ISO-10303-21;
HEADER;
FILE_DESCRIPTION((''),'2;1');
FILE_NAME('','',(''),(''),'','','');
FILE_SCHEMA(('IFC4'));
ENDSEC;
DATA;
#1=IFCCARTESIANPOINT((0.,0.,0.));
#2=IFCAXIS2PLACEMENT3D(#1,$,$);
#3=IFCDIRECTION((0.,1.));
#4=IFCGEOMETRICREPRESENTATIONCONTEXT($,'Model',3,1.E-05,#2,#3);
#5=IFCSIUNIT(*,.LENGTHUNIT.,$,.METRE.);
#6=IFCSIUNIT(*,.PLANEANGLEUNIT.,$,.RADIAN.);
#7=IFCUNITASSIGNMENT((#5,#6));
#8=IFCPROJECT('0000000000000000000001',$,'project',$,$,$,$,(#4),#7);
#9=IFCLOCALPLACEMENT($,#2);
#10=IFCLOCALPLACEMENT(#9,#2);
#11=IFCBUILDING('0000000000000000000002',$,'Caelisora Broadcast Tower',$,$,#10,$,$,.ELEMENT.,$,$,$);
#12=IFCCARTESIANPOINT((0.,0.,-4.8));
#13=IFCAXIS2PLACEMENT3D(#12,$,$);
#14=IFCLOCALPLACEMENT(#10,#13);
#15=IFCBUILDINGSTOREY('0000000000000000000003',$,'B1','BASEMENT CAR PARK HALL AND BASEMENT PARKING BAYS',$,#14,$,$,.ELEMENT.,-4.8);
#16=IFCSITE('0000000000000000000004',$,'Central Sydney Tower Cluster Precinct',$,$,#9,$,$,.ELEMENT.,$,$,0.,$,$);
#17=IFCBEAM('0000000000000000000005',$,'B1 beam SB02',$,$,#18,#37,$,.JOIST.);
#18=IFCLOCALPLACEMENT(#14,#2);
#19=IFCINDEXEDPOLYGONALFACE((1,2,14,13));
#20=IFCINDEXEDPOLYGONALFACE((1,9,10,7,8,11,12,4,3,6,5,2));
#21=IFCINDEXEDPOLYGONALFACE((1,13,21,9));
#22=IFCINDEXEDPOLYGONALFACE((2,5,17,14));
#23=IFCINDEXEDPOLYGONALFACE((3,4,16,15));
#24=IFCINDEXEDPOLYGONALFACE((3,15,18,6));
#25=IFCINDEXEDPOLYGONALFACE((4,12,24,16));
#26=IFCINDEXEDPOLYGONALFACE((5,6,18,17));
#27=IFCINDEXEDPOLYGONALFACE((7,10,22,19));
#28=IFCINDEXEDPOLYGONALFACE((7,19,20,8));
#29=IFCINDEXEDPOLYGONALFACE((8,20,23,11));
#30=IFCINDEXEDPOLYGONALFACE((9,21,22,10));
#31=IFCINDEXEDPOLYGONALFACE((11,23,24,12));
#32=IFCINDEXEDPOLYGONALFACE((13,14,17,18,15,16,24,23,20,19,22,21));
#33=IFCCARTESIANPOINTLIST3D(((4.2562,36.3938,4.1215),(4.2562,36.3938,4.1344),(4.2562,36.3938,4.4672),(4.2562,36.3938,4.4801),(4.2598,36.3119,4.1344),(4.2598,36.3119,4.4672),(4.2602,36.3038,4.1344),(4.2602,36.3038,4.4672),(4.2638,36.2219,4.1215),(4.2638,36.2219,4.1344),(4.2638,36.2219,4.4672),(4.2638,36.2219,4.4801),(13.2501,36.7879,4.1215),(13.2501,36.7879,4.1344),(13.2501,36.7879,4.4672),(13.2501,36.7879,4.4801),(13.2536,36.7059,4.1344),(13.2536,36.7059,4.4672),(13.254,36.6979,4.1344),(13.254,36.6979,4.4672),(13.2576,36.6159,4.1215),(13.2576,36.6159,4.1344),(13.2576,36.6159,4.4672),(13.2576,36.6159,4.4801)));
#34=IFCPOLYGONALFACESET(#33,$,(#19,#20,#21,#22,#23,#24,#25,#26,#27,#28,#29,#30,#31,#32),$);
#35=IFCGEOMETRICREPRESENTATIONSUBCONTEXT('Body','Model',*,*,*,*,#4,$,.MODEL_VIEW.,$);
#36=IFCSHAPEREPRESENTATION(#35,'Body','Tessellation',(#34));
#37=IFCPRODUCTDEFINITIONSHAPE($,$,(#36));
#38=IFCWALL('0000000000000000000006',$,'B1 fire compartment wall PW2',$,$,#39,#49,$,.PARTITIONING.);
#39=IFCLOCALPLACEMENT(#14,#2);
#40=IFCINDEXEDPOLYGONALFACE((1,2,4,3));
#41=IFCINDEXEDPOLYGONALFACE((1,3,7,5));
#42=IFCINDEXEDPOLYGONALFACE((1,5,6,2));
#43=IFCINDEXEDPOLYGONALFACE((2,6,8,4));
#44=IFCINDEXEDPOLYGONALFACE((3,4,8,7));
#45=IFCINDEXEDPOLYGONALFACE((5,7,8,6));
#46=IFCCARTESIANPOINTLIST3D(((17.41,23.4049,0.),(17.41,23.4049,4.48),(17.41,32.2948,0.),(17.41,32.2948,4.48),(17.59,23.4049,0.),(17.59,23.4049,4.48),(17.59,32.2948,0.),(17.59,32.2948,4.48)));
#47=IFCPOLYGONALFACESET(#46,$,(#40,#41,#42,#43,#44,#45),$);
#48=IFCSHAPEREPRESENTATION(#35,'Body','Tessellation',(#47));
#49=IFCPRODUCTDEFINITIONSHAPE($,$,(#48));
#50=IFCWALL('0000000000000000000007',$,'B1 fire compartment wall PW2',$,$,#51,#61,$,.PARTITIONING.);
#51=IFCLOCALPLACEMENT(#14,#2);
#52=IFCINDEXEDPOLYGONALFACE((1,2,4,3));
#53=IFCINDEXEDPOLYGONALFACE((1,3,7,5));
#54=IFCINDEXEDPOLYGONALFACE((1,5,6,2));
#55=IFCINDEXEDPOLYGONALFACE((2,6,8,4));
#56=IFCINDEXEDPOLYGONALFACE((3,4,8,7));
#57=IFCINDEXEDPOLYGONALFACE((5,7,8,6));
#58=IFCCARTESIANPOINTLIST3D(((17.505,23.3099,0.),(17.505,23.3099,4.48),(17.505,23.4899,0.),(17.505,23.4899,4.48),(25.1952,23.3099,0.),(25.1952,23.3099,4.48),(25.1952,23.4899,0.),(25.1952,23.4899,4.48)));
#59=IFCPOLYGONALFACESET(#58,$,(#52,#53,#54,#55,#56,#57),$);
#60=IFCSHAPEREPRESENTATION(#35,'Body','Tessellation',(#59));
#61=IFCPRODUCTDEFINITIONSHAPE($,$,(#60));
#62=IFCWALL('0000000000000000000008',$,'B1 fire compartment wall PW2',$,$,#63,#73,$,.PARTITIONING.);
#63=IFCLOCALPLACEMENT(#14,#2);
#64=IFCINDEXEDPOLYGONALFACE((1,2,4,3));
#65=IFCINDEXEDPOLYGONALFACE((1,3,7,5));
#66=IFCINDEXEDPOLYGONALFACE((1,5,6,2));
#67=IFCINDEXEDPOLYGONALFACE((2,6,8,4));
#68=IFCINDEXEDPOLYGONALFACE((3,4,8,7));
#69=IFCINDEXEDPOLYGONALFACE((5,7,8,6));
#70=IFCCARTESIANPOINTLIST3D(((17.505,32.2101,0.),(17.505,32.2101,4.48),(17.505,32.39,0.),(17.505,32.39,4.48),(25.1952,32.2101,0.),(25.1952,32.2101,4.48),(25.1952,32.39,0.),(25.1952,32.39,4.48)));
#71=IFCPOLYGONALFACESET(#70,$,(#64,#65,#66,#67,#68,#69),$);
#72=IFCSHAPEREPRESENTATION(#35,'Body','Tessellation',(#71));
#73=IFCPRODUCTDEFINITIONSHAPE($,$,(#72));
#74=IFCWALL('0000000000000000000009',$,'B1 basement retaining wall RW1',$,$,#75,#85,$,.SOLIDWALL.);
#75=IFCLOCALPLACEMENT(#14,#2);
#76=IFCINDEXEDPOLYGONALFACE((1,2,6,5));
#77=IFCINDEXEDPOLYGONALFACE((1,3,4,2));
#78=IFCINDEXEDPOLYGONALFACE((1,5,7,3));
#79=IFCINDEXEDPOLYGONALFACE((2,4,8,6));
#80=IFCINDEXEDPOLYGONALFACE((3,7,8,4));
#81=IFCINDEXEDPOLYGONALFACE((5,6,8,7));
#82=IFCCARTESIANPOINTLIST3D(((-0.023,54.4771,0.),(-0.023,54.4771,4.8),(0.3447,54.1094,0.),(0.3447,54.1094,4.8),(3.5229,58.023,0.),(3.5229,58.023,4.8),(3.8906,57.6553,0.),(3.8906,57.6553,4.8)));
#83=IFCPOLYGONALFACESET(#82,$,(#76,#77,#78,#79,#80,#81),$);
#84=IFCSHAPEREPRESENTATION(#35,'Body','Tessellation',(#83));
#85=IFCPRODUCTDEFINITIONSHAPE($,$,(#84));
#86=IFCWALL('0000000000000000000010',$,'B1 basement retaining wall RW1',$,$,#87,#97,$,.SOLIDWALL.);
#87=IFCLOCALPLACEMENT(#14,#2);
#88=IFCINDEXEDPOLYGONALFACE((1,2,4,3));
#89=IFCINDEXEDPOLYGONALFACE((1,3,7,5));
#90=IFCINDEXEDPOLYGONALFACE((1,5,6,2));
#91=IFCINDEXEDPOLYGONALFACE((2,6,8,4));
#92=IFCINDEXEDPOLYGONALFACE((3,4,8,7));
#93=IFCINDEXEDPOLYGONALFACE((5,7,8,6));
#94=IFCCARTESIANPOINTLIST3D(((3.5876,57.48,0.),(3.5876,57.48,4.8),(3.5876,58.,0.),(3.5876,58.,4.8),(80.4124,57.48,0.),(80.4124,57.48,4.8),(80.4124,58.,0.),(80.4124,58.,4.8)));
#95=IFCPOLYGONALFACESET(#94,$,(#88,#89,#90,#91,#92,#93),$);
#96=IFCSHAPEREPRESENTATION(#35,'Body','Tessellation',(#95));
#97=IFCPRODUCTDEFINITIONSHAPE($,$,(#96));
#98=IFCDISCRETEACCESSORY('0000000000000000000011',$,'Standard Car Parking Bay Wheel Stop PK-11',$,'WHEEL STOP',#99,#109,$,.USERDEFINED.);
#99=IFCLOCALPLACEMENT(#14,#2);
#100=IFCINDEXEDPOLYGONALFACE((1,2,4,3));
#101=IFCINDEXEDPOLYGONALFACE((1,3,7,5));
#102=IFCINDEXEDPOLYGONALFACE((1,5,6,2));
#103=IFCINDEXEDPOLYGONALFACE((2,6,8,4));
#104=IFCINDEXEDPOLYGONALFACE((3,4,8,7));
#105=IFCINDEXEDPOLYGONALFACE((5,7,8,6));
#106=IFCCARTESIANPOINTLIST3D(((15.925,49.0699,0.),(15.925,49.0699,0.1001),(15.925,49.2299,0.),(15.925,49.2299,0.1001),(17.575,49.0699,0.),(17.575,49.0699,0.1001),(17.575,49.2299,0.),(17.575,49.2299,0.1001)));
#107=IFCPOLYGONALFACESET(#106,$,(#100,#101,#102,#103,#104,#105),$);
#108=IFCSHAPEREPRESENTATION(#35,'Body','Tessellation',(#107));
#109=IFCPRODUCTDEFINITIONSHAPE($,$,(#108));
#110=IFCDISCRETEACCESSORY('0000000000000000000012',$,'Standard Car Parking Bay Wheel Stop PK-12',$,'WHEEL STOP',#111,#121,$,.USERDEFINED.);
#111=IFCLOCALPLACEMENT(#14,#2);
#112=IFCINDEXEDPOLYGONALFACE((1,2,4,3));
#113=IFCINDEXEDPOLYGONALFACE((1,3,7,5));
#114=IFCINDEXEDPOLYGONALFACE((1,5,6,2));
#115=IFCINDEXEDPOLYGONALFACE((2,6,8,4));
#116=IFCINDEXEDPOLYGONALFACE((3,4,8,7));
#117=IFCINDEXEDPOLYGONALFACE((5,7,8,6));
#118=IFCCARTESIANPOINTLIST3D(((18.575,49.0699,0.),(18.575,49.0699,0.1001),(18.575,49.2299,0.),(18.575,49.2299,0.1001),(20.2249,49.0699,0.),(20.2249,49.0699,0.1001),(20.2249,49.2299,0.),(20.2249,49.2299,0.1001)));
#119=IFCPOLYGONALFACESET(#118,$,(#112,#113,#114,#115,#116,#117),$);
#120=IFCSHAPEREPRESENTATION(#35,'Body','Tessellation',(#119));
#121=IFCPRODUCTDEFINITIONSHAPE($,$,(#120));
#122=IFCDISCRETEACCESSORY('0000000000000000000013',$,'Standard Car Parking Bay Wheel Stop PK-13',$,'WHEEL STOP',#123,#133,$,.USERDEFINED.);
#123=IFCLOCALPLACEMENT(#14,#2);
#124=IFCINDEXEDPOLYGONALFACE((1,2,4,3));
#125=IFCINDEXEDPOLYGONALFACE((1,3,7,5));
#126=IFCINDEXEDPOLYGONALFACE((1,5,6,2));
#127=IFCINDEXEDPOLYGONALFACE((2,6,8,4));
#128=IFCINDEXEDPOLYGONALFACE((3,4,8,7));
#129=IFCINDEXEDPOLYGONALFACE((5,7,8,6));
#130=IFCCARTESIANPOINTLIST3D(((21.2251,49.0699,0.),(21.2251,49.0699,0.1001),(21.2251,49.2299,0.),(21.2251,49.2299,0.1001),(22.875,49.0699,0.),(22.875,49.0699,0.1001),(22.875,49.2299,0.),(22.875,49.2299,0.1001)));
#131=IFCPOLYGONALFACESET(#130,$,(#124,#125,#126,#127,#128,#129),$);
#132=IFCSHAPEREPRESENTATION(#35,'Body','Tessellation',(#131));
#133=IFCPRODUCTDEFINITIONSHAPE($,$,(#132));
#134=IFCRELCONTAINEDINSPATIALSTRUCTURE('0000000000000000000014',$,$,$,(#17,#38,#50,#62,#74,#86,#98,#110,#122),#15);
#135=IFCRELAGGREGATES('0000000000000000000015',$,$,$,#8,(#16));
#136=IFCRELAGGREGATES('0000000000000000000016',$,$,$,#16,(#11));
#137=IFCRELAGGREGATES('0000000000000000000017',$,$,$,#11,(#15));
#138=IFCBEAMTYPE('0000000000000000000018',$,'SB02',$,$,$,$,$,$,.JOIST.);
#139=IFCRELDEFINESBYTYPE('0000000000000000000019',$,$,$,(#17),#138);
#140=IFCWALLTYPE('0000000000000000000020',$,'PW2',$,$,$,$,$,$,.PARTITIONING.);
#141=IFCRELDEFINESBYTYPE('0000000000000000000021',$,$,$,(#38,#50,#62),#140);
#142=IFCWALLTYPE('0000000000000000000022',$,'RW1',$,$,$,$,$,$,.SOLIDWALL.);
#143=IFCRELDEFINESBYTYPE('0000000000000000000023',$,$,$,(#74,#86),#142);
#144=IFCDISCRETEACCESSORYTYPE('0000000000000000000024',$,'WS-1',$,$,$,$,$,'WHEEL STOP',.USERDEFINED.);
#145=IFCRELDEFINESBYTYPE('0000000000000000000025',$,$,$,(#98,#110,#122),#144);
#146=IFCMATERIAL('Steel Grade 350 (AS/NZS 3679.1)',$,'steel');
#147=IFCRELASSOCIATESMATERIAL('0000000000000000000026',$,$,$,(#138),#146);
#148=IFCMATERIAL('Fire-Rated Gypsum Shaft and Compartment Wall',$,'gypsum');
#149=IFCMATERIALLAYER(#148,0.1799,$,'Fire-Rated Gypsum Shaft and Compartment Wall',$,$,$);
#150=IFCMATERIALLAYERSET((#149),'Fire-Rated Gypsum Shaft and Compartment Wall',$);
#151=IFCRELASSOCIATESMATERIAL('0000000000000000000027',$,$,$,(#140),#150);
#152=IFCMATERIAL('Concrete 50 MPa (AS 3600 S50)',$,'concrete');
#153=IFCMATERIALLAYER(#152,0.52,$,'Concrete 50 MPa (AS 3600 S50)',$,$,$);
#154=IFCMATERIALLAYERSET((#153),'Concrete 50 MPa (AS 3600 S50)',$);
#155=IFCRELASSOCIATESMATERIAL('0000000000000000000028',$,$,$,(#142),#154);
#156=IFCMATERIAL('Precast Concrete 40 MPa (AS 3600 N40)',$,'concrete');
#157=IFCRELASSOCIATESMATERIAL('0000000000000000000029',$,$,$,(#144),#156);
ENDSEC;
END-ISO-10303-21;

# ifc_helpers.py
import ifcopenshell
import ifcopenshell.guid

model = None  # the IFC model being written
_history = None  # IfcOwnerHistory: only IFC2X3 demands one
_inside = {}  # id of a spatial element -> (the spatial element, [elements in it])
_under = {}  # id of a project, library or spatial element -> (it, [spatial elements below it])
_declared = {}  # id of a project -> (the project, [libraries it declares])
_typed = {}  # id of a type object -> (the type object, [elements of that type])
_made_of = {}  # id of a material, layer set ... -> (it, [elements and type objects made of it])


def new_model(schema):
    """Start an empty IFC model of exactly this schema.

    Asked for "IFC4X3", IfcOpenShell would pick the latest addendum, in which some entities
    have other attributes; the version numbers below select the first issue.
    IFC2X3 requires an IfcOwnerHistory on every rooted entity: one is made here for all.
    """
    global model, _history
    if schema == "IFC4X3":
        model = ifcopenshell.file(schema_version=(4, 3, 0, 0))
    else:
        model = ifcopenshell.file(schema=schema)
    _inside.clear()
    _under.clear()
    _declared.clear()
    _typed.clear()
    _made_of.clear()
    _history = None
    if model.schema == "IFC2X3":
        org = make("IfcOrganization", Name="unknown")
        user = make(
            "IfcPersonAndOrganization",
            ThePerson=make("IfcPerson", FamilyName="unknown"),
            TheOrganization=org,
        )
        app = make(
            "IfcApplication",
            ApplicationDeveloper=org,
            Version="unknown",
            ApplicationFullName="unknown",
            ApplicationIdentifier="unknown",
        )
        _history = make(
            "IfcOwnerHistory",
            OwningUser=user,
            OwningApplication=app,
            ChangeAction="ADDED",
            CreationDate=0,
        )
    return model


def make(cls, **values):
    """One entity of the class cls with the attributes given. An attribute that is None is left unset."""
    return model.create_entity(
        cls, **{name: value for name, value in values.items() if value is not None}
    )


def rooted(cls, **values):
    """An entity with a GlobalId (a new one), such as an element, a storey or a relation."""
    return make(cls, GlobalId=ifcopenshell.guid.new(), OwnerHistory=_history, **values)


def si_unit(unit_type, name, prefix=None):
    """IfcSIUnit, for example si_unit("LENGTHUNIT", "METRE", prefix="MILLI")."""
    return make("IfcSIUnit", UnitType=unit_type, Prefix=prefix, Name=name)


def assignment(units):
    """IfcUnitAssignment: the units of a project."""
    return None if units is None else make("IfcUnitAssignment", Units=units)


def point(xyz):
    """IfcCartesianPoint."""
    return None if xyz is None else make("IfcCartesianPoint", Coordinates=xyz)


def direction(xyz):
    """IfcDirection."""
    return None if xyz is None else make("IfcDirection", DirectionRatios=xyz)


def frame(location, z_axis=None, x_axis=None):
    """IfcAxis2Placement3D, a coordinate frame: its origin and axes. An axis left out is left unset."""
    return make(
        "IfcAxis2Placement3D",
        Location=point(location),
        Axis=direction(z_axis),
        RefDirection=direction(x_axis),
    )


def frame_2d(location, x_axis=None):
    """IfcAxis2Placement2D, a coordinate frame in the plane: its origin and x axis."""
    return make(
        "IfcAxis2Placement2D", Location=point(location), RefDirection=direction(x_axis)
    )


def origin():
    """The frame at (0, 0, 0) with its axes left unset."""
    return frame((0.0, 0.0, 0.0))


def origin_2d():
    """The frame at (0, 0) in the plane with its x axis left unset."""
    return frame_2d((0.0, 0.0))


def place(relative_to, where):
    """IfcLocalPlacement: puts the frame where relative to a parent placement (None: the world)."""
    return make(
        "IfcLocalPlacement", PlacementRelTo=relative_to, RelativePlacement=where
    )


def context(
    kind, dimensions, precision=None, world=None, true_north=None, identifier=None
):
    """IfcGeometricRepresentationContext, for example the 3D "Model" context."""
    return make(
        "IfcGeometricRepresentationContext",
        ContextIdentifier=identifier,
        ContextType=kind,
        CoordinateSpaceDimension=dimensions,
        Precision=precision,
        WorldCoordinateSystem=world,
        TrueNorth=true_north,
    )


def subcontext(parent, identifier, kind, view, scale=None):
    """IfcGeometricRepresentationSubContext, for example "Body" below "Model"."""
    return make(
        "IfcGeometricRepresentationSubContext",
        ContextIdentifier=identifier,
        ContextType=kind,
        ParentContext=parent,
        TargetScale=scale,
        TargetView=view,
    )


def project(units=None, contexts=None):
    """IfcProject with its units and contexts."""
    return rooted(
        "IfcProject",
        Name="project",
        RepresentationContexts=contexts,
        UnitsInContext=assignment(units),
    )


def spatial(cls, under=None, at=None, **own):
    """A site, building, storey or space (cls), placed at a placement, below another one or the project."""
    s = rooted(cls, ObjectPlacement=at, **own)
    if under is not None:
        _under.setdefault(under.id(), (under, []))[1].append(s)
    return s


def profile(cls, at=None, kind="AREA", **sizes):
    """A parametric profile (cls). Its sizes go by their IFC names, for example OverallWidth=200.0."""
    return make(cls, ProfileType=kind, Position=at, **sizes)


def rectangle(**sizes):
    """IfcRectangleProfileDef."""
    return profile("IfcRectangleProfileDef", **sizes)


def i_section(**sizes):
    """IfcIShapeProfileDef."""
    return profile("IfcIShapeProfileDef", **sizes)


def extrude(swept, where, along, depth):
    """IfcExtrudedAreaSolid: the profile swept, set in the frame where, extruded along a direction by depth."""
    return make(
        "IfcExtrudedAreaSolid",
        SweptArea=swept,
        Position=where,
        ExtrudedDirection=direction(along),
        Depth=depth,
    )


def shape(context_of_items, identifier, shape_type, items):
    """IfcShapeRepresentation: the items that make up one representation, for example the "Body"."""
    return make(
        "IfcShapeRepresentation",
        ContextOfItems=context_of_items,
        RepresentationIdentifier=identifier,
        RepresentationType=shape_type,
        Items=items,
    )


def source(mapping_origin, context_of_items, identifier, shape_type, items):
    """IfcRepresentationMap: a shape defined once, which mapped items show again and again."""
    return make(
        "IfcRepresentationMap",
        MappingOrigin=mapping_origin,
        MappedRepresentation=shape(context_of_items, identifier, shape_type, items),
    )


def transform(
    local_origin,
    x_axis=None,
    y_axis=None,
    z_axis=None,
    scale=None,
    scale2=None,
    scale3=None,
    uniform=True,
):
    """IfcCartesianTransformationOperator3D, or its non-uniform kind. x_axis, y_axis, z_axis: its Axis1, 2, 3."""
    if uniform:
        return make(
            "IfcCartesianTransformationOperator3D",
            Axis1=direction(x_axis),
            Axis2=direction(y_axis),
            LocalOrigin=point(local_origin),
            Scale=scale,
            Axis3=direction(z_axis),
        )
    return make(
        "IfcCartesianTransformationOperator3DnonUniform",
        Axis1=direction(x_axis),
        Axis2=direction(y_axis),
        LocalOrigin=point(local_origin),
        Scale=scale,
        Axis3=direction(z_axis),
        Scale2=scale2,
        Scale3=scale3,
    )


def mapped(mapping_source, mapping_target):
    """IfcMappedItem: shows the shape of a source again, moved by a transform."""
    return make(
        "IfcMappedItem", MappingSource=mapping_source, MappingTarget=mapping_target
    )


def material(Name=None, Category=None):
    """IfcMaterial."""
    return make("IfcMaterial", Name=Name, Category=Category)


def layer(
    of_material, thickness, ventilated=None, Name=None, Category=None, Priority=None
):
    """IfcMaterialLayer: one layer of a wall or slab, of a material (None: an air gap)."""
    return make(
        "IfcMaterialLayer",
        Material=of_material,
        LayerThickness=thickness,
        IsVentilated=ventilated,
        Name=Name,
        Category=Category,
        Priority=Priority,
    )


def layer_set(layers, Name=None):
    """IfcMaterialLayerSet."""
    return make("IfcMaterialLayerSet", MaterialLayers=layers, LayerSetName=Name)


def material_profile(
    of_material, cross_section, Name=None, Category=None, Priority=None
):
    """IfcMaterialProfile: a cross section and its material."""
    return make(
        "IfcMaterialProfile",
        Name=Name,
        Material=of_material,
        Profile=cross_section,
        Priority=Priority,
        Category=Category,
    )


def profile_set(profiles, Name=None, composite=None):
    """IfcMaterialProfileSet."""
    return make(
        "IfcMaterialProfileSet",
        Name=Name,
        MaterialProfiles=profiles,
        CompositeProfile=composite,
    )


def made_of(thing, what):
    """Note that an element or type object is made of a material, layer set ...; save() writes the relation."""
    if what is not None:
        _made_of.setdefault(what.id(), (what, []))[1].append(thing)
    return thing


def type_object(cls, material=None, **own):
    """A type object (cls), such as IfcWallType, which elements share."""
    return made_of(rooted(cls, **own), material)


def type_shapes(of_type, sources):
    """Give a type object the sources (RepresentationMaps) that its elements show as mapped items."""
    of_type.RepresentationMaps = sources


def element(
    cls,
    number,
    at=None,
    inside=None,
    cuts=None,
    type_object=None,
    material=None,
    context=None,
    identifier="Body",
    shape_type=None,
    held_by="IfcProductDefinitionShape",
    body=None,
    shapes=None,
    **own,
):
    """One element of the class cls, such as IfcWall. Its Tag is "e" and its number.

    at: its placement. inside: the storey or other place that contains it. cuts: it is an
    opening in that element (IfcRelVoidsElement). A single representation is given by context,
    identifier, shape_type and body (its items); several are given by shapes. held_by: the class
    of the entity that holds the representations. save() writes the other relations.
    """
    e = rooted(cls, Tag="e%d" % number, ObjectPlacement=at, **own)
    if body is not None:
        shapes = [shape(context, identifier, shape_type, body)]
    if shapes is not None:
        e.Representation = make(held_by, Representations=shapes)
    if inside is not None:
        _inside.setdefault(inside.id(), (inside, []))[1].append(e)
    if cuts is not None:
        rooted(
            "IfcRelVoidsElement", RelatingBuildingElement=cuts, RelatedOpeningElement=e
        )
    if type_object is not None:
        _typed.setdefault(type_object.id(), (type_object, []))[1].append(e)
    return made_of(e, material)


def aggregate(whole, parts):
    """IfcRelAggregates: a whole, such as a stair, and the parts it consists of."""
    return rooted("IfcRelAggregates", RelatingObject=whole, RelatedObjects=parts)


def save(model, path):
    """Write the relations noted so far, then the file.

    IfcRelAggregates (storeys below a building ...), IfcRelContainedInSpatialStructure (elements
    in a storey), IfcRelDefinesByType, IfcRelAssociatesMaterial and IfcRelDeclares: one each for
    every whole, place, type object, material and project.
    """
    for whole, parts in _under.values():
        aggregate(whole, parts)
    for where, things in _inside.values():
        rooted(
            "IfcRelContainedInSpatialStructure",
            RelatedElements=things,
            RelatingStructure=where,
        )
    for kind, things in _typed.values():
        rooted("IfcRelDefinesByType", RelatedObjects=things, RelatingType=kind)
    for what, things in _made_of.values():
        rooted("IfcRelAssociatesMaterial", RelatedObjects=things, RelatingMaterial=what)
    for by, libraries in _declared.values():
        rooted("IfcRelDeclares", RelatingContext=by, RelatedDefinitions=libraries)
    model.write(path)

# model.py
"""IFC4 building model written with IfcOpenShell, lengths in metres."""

from ifc_helpers import new_model, si_unit, direction, frame, frame_2d, origin, origin_2d, place, context, subcontext, project, spatial, rectangle, i_section, extrude, source, transform, mapped, material, layer, layer_set, material_profile, profile_set, type_object, type_shapes, element, save


model = new_model("IFC4")

# Units and contexts
model_context = context("Model", 3, precision=1e-05, world=origin(), true_north=direction((0.0, 1.0)))
body_context = subcontext(model_context, "Body", "Model", "MODEL_VIEW")
ifc_project = project(units=[si_unit("LENGTHUNIT", "METRE"), si_unit("PLANEANGLEUNIT", "RADIAN")], contexts=[model_context])

# Site, building, storey
site_placement = place(None, origin())
site = spatial("IfcSite", under=ifc_project, at=site_placement, Name="Central Sydney Tower Cluster Precinct", CompositionType="ELEMENT", RefElevation=0.0)
building_placement = place(site_placement, origin())
building = spatial("IfcBuilding", under=site, at=building_placement, Name="Caelisora Broadcast Tower", CompositionType="ELEMENT")
storey_placement = place(building_placement, frame((0.0, 0.0, -4.8)))
storey = spatial("IfcBuildingStorey", under=building, at=storey_placement, Name="B1", Description="BASEMENT CAR PARK HALL AND BASEMENT PARKING BAYS", CompositionType="ELEMENT", Elevation=-4.8)

# Shared definitions
ifc_material_1 = material(Name="Concrete 50 MPa (AS 3600 S50)", Category="concrete")

# Beam
ifc_material_2 = material(Name="Steel Grade 350 (AS/NZS 3679.1)", Category="steel")
ifc_material_profile_1 = material_profile(ifc_material_2, i_section(OverallWidth=0.1721, OverallDepth=0.3586, WebThickness=0.0081, FlangeThickness=0.0129, at=origin_2d()), Name="Steel Grade 350 (AS/NZS 3679.1)")
ifc_profile_set_1 = profile_set([ifc_material_profile_1], Name="Steel Grade 350 (AS/NZS 3679.1)")
beam_type_1 = type_object("IfcBeamType", Name="SB02", PredefinedType="JOIST", material=ifc_profile_set_1)
shared_shape_1 = source(origin(), body_context, "Body", "SweptSolid", [
    extrude(i_section(OverallWidth=0.1721, OverallDepth=0.3586, WebThickness=0.0081, FlangeThickness=0.0129, at=origin_2d()), origin(), (0.0, 0.0, 1.0), 9.0024),
])
beam_1_placement = place(storey_placement, frame((4.26, 36.3079, 4.3008), z_axis=(0.999042, 0.04377, 0.0), x_axis=(-0.04377, 0.999042, 0.0)))
element("IfcBeam", 1, at=beam_1_placement, inside=storey, type_object=beam_type_1, Name="B1 beam SB02", PredefinedType="JOIST", context=body_context, shape_type="MappedRepresentation", body=[
    mapped(shared_shape_1, transform((0.0, 0.0, 0.0), scale=1.0)),
])

# Walls
ifc_material_3 = material(Name="Fire-Rated Gypsum Shaft and Compartment Wall", Category="gypsum")
ifc_layer_1 = layer(ifc_material_3, 0.1799, Name="Fire-Rated Gypsum Shaft and Compartment Wall")
ifc_layer_set_1 = layer_set([ifc_layer_1], Name="Fire-Rated Gypsum Shaft and Compartment Wall")
wall_type_1 = type_object("IfcWallType", Name="PW2", PredefinedType="PARTITIONING", material=ifc_layer_set_1)
wall_1_placement = place(storey_placement, frame((17.5, 23.405, 0.0), z_axis=(0.0, 0.0, 1.0), x_axis=(0.0, 1.0, 0.0)))
element("IfcWall", 2, at=wall_1_placement, inside=storey, type_object=wall_type_1, Name="B1 fire compartment wall PW2", PredefinedType="PARTITIONING", context=body_context, shape_type="SweptSolid", body=[
    extrude(rectangle(XDim=8.8899, YDim=0.1799, at=frame_2d((4.4448, 0.0))), origin(), (0.0, 0.0, 1.0), 4.48),
])
for number, where, z_axis, x_axis, name in (
    (3, (17.5049, 23.3999, 0.0), (0.0, 0.0, 1.0), (1.0, 0.0, 0.0), "B1 fire compartment wall PW2"),
    (4, (17.5049, 32.3, 0.0), (0.0, 0.0, 1.0), (1.0, 0.0, 0.0), "B1 fire compartment wall PW2"),
):
    element("IfcWall", number, at=place(storey_placement, frame(where, z_axis=z_axis, x_axis=x_axis)), inside=storey, type_object=wall_type_1, Name=name, PredefinedType="PARTITIONING", context=body_context, shape_type="SweptSolid", body=[
        extrude(rectangle(XDim=7.6902, YDim=0.1799, at=frame_2d((3.8452, 0.0))), origin(), (0.0, 0.0, 1.0), 4.48),
    ])
ifc_layer_2 = layer(ifc_material_1, 0.52, Name="Concrete 50 MPa (AS 3600 S50)")
ifc_layer_set_2 = layer_set([ifc_layer_2], Name="Concrete 50 MPa (AS 3600 S50)")
wall_type_2 = type_object("IfcWallType", Name="RW1", PredefinedType="SOLIDWALL", material=ifc_layer_set_2)
wall_2_placement = place(storey_placement, frame((0.1609, 54.2932, 0.0), z_axis=(0.0, 0.0, 1.0), x_axis=(0.707107, 0.707107, 0.0)))
element("IfcWall", 5, at=wall_2_placement, inside=storey, type_object=wall_type_2, Name="B1 basement retaining wall RW1", PredefinedType="SOLIDWALL", context=body_context, shape_type="SweptSolid", body=[
    extrude(rectangle(XDim=5.0146, YDim=0.52, at=frame_2d((2.5073, 0.0))), origin(), (0.0, 0.0, 1.0), 4.8),
])
wall_3_placement = place(storey_placement, frame((3.5876, 57.74, 0.0), z_axis=(0.0, 0.0, 1.0), x_axis=(1.0, 0.0, 0.0)))
element("IfcWall", 6, at=wall_3_placement, inside=storey, type_object=wall_type_2, Name="B1 basement retaining wall RW1", PredefinedType="SOLIDWALL", context=body_context, shape_type="SweptSolid", body=[
    extrude(rectangle(XDim=76.8247, YDim=0.52, at=frame_2d((38.4124, 0.0))), origin(), (0.0, 0.0, 1.0), 4.8),
])

# Discrete accessories
ifc_material_4 = material(Name="Precast Concrete 40 MPa (AS 3600 N40)", Category="concrete")
discrete_accessory_type = type_object("IfcDiscreteAccessoryType", Name="WS-1", ElementType="WHEEL STOP", PredefinedType="USERDEFINED", material=ifc_material_4)
shared_shape_2 = source(origin(), body_context, "Body", "SweptSolid", [
    extrude(rectangle(XDim=1.6499, YDim=0.1599, at=origin_2d()), origin(), (0.0, 0.0, 1.0), 0.1001),
])
type_shapes(discrete_accessory_type, [shared_shape_2])
for number, where, z_axis, x_axis, name in (
    (7, (16.75, 49.1499, 0.0), (0.0, 0.0, 1.0), (1.0, 0.0, 0.0), "Standard Car Parking Bay Wheel Stop PK-11"),
    (8, (19.3999, 49.1499, 0.0), (0.0, 0.0, 1.0), (1.0, 0.0, 0.0), "Standard Car Parking Bay Wheel Stop PK-12"),
    (9, (22.05, 49.1499, 0.0), (0.0, 0.0, 1.0), (1.0, 0.0, 0.0), "Standard Car Parking Bay Wheel Stop PK-13"),
):
    element("IfcDiscreteAccessory", number, at=place(storey_placement, frame(where, z_axis=z_axis, x_axis=x_axis)), inside=storey, type_object=discrete_accessory_type, Name=name, ObjectType="WHEEL STOP", PredefinedType="USERDEFINED", context=body_context, shape_type="MappedRepresentation", body=[
        mapped(shared_shape_2, transform((0.0, 0.0, 0.0), scale=1.0)),
    ])

save(model, "model.ifc")
